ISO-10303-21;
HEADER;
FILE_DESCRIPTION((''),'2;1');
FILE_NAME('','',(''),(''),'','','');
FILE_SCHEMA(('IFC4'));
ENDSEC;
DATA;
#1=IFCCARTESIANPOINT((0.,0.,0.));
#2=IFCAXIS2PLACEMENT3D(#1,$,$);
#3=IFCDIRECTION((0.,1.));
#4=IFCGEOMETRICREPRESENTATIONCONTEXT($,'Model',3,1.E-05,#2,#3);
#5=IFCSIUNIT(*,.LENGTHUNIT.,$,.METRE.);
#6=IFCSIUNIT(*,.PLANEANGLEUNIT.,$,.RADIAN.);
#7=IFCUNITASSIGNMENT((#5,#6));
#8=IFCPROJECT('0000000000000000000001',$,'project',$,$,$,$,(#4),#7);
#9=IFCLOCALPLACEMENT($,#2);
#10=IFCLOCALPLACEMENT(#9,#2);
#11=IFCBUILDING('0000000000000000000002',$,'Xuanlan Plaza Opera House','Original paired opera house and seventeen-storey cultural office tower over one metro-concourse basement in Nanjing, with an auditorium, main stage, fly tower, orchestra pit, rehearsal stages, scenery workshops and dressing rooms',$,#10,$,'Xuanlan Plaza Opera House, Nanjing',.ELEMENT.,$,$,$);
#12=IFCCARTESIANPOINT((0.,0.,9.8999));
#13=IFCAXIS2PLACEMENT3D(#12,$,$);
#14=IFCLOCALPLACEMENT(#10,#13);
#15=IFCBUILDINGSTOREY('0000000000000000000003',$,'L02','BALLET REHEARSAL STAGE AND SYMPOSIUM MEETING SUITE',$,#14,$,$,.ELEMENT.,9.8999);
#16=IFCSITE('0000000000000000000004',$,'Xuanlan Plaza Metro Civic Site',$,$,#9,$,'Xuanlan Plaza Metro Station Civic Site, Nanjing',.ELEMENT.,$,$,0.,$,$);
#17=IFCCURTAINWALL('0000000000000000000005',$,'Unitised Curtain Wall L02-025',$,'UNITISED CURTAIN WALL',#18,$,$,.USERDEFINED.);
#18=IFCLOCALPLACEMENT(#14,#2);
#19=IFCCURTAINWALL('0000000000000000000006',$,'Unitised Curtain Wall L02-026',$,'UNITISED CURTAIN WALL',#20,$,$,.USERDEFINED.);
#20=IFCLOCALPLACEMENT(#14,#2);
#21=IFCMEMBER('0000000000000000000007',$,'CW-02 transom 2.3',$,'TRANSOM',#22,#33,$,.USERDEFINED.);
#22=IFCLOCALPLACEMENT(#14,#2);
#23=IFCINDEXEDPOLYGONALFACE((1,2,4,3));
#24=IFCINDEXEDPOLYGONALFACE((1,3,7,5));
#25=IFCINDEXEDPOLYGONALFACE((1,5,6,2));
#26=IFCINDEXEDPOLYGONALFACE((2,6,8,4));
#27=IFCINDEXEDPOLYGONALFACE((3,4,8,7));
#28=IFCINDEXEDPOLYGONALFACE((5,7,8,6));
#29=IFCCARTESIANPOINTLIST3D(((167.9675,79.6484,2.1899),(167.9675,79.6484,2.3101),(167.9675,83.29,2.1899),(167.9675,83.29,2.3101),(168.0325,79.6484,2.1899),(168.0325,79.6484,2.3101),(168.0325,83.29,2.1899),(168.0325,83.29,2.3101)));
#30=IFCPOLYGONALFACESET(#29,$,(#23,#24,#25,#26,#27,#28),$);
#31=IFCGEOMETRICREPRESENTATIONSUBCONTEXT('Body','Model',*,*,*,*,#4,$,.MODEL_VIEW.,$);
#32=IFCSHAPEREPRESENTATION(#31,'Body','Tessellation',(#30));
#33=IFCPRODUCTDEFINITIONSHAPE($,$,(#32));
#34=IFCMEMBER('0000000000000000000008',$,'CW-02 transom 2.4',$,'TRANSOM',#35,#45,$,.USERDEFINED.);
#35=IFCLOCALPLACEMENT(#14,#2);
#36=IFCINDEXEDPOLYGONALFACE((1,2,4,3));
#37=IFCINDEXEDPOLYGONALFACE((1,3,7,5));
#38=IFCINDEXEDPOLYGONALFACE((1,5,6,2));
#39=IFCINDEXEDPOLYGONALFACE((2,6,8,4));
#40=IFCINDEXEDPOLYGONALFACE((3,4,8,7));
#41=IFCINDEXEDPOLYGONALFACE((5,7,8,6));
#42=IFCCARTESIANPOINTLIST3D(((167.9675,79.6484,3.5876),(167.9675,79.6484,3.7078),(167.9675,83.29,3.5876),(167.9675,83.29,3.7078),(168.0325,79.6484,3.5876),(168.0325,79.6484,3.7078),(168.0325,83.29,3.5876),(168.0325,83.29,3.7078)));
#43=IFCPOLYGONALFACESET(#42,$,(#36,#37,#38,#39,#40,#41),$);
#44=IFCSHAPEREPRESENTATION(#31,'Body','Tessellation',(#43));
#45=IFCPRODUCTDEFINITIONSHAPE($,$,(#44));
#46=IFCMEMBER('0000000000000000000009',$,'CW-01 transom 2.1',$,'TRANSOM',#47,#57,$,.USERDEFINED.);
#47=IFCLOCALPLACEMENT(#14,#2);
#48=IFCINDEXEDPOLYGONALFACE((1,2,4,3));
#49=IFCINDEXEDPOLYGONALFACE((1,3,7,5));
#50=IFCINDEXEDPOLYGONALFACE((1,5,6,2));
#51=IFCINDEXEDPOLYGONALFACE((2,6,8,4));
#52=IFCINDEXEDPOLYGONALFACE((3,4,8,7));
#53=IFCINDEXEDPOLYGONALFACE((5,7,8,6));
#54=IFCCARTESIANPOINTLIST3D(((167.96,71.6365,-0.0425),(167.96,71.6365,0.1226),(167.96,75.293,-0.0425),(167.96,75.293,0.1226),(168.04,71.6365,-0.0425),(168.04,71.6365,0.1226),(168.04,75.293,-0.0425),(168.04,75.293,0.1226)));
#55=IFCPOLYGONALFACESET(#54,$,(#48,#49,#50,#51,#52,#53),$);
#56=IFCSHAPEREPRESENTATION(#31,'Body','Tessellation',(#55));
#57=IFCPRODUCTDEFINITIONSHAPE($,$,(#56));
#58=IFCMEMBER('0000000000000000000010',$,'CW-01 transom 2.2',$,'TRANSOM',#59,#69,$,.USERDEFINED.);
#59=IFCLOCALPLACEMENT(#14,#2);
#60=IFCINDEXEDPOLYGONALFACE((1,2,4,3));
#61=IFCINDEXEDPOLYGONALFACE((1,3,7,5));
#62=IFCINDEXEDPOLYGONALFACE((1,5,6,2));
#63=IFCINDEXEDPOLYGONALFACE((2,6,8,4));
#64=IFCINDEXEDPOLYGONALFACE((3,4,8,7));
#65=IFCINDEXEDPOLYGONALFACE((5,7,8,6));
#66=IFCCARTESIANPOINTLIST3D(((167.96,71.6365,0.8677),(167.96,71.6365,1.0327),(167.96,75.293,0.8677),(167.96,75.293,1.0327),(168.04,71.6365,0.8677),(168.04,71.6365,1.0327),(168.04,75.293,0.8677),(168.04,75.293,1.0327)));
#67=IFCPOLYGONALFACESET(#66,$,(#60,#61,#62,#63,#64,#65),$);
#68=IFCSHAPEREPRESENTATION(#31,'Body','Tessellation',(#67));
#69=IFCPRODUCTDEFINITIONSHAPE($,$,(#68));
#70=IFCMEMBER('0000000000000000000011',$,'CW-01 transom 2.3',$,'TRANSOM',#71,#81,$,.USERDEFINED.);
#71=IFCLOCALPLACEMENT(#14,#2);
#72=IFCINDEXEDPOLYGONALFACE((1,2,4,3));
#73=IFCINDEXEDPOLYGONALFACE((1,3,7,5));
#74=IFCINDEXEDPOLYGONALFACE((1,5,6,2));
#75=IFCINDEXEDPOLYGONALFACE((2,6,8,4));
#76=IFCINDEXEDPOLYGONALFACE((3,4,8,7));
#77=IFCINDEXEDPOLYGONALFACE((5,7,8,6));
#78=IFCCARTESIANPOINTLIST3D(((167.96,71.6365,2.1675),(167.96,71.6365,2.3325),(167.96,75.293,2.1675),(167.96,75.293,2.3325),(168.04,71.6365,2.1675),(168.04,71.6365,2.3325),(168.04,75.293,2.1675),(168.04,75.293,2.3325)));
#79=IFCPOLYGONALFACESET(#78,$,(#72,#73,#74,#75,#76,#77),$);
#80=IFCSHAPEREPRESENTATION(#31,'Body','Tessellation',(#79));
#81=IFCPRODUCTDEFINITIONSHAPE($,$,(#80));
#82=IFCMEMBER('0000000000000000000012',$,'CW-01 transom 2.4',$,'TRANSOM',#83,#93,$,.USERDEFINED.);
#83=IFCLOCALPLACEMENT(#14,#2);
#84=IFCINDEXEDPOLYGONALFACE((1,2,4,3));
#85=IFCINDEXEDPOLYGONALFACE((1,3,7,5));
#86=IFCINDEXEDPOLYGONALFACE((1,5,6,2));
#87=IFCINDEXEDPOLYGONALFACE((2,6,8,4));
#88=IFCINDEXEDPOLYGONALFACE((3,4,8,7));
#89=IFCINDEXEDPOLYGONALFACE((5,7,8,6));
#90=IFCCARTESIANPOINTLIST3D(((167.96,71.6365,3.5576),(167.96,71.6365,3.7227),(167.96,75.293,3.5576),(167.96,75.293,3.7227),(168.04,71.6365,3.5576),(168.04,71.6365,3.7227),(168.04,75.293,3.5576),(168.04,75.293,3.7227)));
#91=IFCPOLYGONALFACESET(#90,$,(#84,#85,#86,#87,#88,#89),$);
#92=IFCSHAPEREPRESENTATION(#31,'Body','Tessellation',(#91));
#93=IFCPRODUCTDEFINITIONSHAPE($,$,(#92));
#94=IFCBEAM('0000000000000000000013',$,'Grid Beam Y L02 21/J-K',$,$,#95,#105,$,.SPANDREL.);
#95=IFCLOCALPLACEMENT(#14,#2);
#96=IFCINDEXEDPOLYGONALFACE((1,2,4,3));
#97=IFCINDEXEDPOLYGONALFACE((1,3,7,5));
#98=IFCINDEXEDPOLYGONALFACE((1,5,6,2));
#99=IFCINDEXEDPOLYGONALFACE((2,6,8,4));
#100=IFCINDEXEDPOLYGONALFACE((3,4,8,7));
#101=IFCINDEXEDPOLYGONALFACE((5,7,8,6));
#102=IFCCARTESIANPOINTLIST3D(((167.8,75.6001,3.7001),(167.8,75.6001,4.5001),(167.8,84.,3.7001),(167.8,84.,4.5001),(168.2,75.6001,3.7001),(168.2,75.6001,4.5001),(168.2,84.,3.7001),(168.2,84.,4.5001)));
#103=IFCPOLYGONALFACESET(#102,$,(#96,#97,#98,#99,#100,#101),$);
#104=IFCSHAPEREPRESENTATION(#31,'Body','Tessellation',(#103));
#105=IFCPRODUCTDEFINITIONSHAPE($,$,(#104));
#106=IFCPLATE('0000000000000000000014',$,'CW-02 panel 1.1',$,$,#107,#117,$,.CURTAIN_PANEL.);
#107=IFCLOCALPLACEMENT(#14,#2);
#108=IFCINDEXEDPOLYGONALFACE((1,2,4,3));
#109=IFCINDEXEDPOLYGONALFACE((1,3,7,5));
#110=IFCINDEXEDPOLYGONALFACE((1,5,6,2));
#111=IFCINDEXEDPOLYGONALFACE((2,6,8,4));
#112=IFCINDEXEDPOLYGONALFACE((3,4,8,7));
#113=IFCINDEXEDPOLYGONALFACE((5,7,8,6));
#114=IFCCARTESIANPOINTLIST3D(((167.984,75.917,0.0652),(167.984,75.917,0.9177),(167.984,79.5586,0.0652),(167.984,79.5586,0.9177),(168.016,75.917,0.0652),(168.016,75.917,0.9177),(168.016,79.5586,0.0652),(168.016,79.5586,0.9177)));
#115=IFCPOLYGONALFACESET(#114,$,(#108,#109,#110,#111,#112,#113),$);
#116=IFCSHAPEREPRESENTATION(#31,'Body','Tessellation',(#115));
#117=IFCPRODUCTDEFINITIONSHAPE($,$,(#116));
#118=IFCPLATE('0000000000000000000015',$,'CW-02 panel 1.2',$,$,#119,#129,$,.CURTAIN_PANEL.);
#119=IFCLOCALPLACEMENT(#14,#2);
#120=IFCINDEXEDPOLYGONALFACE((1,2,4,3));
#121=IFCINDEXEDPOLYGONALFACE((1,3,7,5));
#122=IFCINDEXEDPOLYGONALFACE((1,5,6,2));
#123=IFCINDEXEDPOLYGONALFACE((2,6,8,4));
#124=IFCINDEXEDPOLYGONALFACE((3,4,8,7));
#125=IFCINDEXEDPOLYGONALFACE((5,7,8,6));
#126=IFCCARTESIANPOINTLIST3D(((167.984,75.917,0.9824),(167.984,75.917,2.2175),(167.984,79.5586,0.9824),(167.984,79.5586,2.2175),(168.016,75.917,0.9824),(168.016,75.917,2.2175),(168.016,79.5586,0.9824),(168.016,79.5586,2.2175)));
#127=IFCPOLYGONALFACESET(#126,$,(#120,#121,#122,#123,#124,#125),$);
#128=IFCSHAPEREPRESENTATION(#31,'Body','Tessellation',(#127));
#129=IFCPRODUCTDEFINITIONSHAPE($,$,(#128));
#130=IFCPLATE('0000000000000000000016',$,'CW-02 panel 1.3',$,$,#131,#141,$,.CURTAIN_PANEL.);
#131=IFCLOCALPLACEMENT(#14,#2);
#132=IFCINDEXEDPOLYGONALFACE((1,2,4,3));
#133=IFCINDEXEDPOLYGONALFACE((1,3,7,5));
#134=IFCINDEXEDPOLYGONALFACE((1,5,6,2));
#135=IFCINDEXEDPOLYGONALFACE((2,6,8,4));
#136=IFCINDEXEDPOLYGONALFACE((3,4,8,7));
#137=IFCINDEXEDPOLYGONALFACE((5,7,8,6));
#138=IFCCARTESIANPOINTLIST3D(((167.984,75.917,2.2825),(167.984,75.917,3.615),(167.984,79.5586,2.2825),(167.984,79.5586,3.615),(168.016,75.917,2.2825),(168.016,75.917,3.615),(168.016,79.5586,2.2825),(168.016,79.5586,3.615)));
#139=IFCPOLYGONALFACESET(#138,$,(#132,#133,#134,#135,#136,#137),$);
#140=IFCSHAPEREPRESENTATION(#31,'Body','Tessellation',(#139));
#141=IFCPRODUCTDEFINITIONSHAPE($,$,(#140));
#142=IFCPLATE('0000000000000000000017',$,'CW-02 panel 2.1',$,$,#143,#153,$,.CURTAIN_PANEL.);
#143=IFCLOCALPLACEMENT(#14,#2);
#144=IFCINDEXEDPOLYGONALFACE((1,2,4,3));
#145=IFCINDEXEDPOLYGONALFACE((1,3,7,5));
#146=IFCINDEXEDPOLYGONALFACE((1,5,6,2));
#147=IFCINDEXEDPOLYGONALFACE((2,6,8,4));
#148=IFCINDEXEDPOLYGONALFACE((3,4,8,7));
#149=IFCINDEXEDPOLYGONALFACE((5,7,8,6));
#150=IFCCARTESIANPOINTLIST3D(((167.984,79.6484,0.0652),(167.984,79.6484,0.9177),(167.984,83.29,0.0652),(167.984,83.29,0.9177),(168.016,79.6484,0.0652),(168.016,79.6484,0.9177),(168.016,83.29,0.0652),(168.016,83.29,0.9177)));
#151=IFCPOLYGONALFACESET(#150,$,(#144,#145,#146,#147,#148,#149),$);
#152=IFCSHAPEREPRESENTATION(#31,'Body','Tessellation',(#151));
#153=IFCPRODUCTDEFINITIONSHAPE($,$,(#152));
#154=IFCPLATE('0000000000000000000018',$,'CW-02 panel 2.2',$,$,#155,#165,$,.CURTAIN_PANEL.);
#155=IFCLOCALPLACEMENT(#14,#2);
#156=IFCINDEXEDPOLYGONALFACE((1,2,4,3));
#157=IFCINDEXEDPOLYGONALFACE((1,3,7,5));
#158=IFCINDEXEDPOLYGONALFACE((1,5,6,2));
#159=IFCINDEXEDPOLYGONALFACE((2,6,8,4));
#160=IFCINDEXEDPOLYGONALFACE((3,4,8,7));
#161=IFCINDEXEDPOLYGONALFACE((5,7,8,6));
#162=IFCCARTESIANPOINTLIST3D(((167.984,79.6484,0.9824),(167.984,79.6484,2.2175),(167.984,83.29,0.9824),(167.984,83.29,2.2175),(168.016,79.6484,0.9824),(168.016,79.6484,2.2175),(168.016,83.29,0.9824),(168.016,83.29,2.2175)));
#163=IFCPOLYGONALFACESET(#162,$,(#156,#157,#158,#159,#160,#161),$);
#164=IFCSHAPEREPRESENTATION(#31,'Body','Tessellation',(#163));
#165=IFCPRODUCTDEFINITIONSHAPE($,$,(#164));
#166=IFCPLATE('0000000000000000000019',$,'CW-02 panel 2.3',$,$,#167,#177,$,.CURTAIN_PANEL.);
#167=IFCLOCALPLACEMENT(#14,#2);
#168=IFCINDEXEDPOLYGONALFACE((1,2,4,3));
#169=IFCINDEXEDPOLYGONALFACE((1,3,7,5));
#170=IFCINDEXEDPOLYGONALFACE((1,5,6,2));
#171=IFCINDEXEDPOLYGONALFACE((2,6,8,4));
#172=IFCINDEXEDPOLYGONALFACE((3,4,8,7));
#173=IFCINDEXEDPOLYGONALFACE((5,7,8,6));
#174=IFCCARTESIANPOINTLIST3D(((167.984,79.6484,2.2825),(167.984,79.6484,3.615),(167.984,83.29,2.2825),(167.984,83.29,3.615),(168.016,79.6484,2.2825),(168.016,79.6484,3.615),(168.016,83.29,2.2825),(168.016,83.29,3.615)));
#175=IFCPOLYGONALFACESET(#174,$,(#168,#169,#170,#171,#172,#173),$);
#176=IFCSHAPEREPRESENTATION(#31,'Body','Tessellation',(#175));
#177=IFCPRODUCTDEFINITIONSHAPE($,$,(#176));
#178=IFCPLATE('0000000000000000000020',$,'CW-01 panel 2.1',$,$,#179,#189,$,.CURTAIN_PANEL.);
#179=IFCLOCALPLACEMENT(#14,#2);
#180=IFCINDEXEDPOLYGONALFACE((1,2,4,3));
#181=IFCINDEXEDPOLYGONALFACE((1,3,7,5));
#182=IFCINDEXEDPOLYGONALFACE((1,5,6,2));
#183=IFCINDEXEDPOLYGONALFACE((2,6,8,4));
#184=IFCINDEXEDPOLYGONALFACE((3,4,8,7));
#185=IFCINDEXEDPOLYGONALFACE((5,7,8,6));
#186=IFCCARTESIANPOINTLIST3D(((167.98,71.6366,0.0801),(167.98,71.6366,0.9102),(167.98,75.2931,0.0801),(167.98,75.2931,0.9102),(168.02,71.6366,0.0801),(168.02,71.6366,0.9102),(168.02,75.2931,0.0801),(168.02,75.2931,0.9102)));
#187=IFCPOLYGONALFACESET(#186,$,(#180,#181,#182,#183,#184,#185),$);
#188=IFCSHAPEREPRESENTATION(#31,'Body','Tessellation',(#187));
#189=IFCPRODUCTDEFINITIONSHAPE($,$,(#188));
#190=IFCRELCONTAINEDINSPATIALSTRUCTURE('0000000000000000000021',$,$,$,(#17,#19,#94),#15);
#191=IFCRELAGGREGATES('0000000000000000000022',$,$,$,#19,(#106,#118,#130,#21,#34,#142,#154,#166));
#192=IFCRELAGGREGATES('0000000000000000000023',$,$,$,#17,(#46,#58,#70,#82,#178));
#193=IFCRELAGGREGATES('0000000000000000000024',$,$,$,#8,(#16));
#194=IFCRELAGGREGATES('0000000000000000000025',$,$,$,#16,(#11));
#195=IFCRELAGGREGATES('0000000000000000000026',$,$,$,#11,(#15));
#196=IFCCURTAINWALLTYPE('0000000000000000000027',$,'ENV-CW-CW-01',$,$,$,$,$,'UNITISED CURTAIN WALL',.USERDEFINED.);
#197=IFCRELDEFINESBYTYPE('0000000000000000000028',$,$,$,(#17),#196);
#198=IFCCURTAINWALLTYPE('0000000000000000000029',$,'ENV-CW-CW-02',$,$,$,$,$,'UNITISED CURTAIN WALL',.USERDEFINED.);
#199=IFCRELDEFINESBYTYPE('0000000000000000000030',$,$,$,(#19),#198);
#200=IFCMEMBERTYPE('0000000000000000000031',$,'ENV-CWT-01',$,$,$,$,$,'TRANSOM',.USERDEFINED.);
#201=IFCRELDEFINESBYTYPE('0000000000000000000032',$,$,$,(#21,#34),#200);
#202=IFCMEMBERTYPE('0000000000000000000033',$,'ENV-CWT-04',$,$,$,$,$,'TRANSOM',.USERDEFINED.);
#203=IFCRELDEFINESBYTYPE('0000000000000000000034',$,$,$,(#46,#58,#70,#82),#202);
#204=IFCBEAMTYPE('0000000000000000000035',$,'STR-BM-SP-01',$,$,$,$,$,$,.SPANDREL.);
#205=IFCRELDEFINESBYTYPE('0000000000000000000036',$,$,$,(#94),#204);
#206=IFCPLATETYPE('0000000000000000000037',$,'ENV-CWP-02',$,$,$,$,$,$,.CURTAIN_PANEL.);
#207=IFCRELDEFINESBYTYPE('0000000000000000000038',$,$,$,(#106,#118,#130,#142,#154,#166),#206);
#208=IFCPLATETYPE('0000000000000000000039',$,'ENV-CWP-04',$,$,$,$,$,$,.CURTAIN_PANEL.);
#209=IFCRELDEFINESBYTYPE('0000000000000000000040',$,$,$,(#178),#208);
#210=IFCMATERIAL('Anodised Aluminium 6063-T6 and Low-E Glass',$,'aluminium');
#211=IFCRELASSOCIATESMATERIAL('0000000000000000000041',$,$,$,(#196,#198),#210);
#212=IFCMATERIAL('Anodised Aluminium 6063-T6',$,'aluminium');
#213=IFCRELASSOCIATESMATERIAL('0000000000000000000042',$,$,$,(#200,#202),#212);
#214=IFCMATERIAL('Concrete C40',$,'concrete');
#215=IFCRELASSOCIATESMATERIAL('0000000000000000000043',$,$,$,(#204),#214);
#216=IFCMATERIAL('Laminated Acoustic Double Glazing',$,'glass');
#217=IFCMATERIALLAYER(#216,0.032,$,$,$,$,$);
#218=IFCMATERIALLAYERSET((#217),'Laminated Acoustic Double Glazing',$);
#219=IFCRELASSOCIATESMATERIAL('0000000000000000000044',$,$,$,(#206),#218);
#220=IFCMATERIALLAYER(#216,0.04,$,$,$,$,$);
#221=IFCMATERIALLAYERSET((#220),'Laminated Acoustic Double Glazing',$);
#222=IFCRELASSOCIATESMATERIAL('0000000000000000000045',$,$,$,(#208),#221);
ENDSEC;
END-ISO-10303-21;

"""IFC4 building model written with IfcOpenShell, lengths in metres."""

from ifc_helpers import new_model, si_unit, direction, frame, origin, origin_2d, place, context, subcontext, project, spatial, rectangle, extrude, material, layer, layer_set, material_profile, profile_set, type_object, element, aggregate, save


model = new_model("IFC4")

# Units and contexts
model_context = context("Model", 3, precision=1e-05, world=origin(), true_north=direction((0.0, 1.0)))
body_context = subcontext(model_context, "Body", "Model", "MODEL_VIEW")
ifc_project = project(units=[si_unit("LENGTHUNIT", "METRE"), si_unit("PLANEANGLEUNIT", "RADIAN")], contexts=[model_context])

# Site, building, storey
site_placement = place(None, origin())
site = spatial("IfcSite", under=ifc_project, at=site_placement, Name="Xuanlan Plaza Metro Civic Site", LongName="Xuanlan Plaza Metro Station Civic Site, Nanjing", CompositionType="ELEMENT", RefElevation=0.0)
building_placement = place(site_placement, origin())
building = spatial("IfcBuilding", under=site, at=building_placement, Name="Xuanlan Plaza Opera House", Description="Original paired opera house and seventeen-storey cultural office tower over one metro-concourse basement in Nanjing, with an auditorium, main stage, fly tower, orchestra pit, rehearsal stages, scenery workshops and dressing rooms", LongName="Xuanlan Plaza Opera House, Nanjing", CompositionType="ELEMENT")
storey_placement = place(building_placement, frame((0.0, 0.0, 9.8999)))
storey = spatial("IfcBuildingStorey", under=building, at=storey_placement, Name="L02", Description="BALLET REHEARSAL STAGE AND SYMPOSIUM MEETING SUITE", CompositionType="ELEMENT", Elevation=9.8999)

# Curtain wall
ifc_material_1 = material(Name="Anodised Aluminium 6063-T6 and Low-E Glass", Category="aluminium")
curtain_wall_type_1 = type_object("IfcCurtainWallType", Name="ENV-CW-CW-01", ElementType="UNITISED CURTAIN WALL", PredefinedType="USERDEFINED", material=ifc_material_1)
curtain_wall_1_placement = place(storey_placement, origin())
curtain_wall_1 = element("IfcCurtainWall", 1, at=curtain_wall_1_placement, inside=storey, type_object=curtain_wall_type_1, Name="Unitised Curtain Wall L02-025", ObjectType="UNITISED CURTAIN WALL", PredefinedType="USERDEFINED")
ifc_material_2 = material(Name="Anodised Aluminium 6063-T6", Category="aluminium")

# Curtain wall, members
curtain_wall_type_2 = type_object("IfcCurtainWallType", Name="ENV-CW-CW-02", ElementType="UNITISED CURTAIN WALL", PredefinedType="USERDEFINED", material=ifc_material_1)
curtain_wall_2_placement = place(storey_placement, origin())
curtain_wall_2 = element("IfcCurtainWall", 2, at=curtain_wall_2_placement, inside=storey, type_object=curtain_wall_type_2, Name="Unitised Curtain Wall L02-026", ObjectType="UNITISED CURTAIN WALL", PredefinedType="USERDEFINED")
ifc_material_profile_1 = material_profile(ifc_material_2, rectangle(XDim=0.0649, YDim=0.1201, at=origin_2d()), Name="ALU-T 65x120")
ifc_profile_set_1 = profile_set([ifc_material_profile_1], Name="Anodised Aluminium 6063-T6")
member_type_1 = type_object("IfcMemberType", Name="ENV-CWT-01", ElementType="TRANSOM", PredefinedType="USERDEFINED", material=ifc_profile_set_1)
member_1_placement = place(storey_placement, frame((168.0, 79.6484, 2.25), z_axis=(0.0, 1.0, 0.0), x_axis=(-1.0, 0.0, 0.0)))
member_1 = element("IfcMember", 3, at=member_1_placement, type_object=member_type_1, Name="CW-02 transom 2.3", ObjectType="TRANSOM", PredefinedType="USERDEFINED", context=body_context, shape_type="SweptSolid", body=[
    extrude(rectangle(XDim=0.0649, YDim=0.1201, at=origin_2d()), origin(), (0.0, 0.0, 1.0), 3.6416),
])
member_2_placement = place(storey_placement, frame((168.0, 79.6484, 3.6477), z_axis=(0.0, 1.0, 0.0), x_axis=(-1.0, 0.0, 0.0)))
member_2 = element("IfcMember", 4, at=member_2_placement, type_object=member_type_1, Name="CW-02 transom 2.4", ObjectType="TRANSOM", PredefinedType="USERDEFINED", context=body_context, shape_type="SweptSolid", body=[
    extrude(rectangle(XDim=0.0649, YDim=0.1201, at=origin_2d()), origin(), (0.0, 0.0, 1.0), 3.6416),
])

# Members
ifc_material_profile_2 = material_profile(ifc_material_2, rectangle(XDim=0.0801, YDim=0.165, at=origin_2d()), Name="ALU-T 80x165")
ifc_profile_set_2 = profile_set([ifc_material_profile_2], Name="Anodised Aluminium 6063-T6")
member_type_2 = type_object("IfcMemberType", Name="ENV-CWT-04", ElementType="TRANSOM", PredefinedType="USERDEFINED", material=ifc_profile_set_2)
member_3_placement = place(storey_placement, frame((168.0, 71.6365, 0.04), z_axis=(0.0, 1.0, 0.0), x_axis=(-1.0, 0.0, 0.0)))
member_3 = element("IfcMember", 5, at=member_3_placement, type_object=member_type_2, Name="CW-01 transom 2.1", ObjectType="TRANSOM", PredefinedType="USERDEFINED", context=body_context, shape_type="SweptSolid", body=[
    extrude(rectangle(XDim=0.0801, YDim=0.165, at=origin_2d()), origin(), (0.0, 0.0, 1.0), 3.6565),
])
member_4_placement = place(storey_placement, frame((168.0, 71.6365, 0.9502), z_axis=(0.0, 1.0, 0.0), x_axis=(-1.0, 0.0, 0.0)))
member_4 = element("IfcMember", 6, at=member_4_placement, type_object=member_type_2, Name="CW-01 transom 2.2", ObjectType="TRANSOM", PredefinedType="USERDEFINED", context=body_context, shape_type="SweptSolid", body=[
    extrude(rectangle(XDim=0.0801, YDim=0.165, at=origin_2d()), origin(), (0.0, 0.0, 1.0), 3.6565),
])
member_5_placement = place(storey_placement, frame((168.0, 71.6365, 2.25), z_axis=(0.0, 1.0, 0.0), x_axis=(-1.0, 0.0, 0.0)))
member_5 = element("IfcMember", 7, at=member_5_placement, type_object=member_type_2, Name="CW-01 transom 2.3", ObjectType="TRANSOM", PredefinedType="USERDEFINED", context=body_context, shape_type="SweptSolid", body=[
    extrude(rectangle(XDim=0.0801, YDim=0.165, at=origin_2d()), origin(), (0.0, 0.0, 1.0), 3.6565),
])
member_6_placement = place(storey_placement, frame((168.0, 71.6365, 3.6401), z_axis=(0.0, 1.0, 0.0), x_axis=(-1.0, 0.0, 0.0)))
member_6 = element("IfcMember", 8, at=member_6_placement, type_object=member_type_2, Name="CW-01 transom 2.4", ObjectType="TRANSOM", PredefinedType="USERDEFINED", context=body_context, shape_type="SweptSolid", body=[
    extrude(rectangle(XDim=0.0801, YDim=0.165, at=origin_2d()), origin(), (0.0, 0.0, 1.0), 3.6565),
])

# Beam
ifc_material_3 = material(Name="Concrete C40", Category="concrete")
ifc_material_profile_3 = material_profile(ifc_material_3, rectangle(XDim=0.3999, YDim=0.8, at=origin_2d()), Name="RC-SPD 400x800")
ifc_profile_set_3 = profile_set([ifc_material_profile_3], Name="Concrete C40")
beam_type = type_object("IfcBeamType", Name="STR-BM-SP-01", PredefinedType="SPANDREL", material=ifc_profile_set_3)
beam_placement = place(storey_placement, frame((168.0, 75.6001, 4.1001), z_axis=(0.0, 1.0, 0.0), x_axis=(-1.0, 0.0, 0.0)))
element("IfcBeam", 9, at=beam_placement, inside=storey, type_object=beam_type, Name="Grid Beam Y L02 21/J-K", PredefinedType="SPANDREL", context=body_context, shape_type="SweptSolid", body=[
    extrude(rectangle(XDim=0.3999, YDim=0.8, at=origin_2d()), origin(), (0.0, 0.0, 1.0), 8.3999),
])

# Plates
ifc_material_4 = material(Name="Laminated Acoustic Double Glazing", Category="glass")
ifc_layer_1 = layer(ifc_material_4, 0.032)
ifc_layer_set_1 = layer_set([ifc_layer_1], Name="Laminated Acoustic Double Glazing")
plate_type_1 = type_object("IfcPlateType", Name="ENV-CWP-02", PredefinedType="CURTAIN_PANEL", material=ifc_layer_set_1)
plate_1_placement = place(storey_placement, frame((168.0, 77.7378, 0.0652), z_axis=(0.0, 0.0, 1.0), x_axis=(0.0, 1.0, 0.0)))
plate_1 = element("IfcPlate", 10, at=plate_1_placement, type_object=plate_type_1, Name="CW-02 panel 1.1", PredefinedType="CURTAIN_PANEL", context=body_context, shape_type="SweptSolid", body=[
    extrude(rectangle(XDim=3.6416, YDim=0.032, at=origin_2d()), origin(), (0.0, 0.0, 1.0), 0.8525),
])
plate_2_placement = place(storey_placement, frame((168.0, 77.7378, 0.9824), z_axis=(0.0, 0.0, 1.0), x_axis=(0.0, 1.0, 0.0)))
plate_2 = element("IfcPlate", 11, at=plate_2_placement, type_object=plate_type_1, Name="CW-02 panel 1.2", PredefinedType="CURTAIN_PANEL", context=body_context, shape_type="SweptSolid", body=[
    extrude(rectangle(XDim=3.6416, YDim=0.032, at=origin_2d()), origin(), (0.0, 0.0, 1.0), 1.2351),
])
plate_3_placement = place(storey_placement, frame((168.0, 77.7378, 2.2825), z_axis=(0.0, 0.0, 1.0), x_axis=(0.0, 1.0, 0.0)))
plate_3 = element("IfcPlate", 12, at=plate_3_placement, type_object=plate_type_1, Name="CW-02 panel 1.3", PredefinedType="CURTAIN_PANEL", context=body_context, shape_type="SweptSolid", body=[
    extrude(rectangle(XDim=3.6416, YDim=0.032, at=origin_2d()), origin(), (0.0, 0.0, 1.0), 1.3325),
])
plate_4_placement = place(storey_placement, frame((168.0, 81.4692, 0.0652), z_axis=(0.0, 0.0, 1.0), x_axis=(0.0, 1.0, 0.0)))
plate_4 = element("IfcPlate", 13, at=plate_4_placement, type_object=plate_type_1, Name="CW-02 panel 2.1", PredefinedType="CURTAIN_PANEL", context=body_context, shape_type="SweptSolid", body=[
    extrude(rectangle(XDim=3.6416, YDim=0.032, at=origin_2d()), origin(), (0.0, 0.0, 1.0), 0.8525),
])
plate_5_placement = place(storey_placement, frame((168.0, 81.4692, 0.9824), z_axis=(0.0, 0.0, 1.0), x_axis=(0.0, 1.0, 0.0)))
plate_5 = element("IfcPlate", 14, at=plate_5_placement, type_object=plate_type_1, Name="CW-02 panel 2.2", PredefinedType="CURTAIN_PANEL", context=body_context, shape_type="SweptSolid", body=[
    extrude(rectangle(XDim=3.6416, YDim=0.032, at=origin_2d()), origin(), (0.0, 0.0, 1.0), 1.2351),
])
plate_6_placement = place(storey_placement, frame((168.0, 81.4692, 2.2825), z_axis=(0.0, 0.0, 1.0), x_axis=(0.0, 1.0, 0.0)))
plate_6 = element("IfcPlate", 15, at=plate_6_placement, type_object=plate_type_1, Name="CW-02 panel 2.3", PredefinedType="CURTAIN_PANEL", context=body_context, shape_type="SweptSolid", body=[
    extrude(rectangle(XDim=3.6416, YDim=0.032, at=origin_2d()), origin(), (0.0, 0.0, 1.0), 1.3325),
])
aggregate(curtain_wall_2, [plate_1, plate_2, plate_3, member_1, member_2, plate_4, plate_5, plate_6])
ifc_layer_2 = layer(ifc_material_4, 0.04)
ifc_layer_set_2 = layer_set([ifc_layer_2], Name="Laminated Acoustic Double Glazing")
plate_type_2 = type_object("IfcPlateType", Name="ENV-CWP-04", PredefinedType="CURTAIN_PANEL", material=ifc_layer_set_2)
plate_7_placement = place(storey_placement, frame((168.0, 73.4648, 0.0801), z_axis=(0.0, 0.0, 1.0), x_axis=(0.0, 1.0, 0.0)))
plate_7 = element("IfcPlate", 16, at=plate_7_placement, type_object=plate_type_2, Name="CW-01 panel 2.1", PredefinedType="CURTAIN_PANEL", context=body_context, shape_type="SweptSolid", body=[
    extrude(rectangle(XDim=3.6565, YDim=0.04, at=origin_2d()), origin(), (0.0, 0.0, 1.0), 0.8301),
])
aggregate(curtain_wall_1, [member_3, member_4, member_5, member_6, plate_7])

save(model, "model.ifc")
